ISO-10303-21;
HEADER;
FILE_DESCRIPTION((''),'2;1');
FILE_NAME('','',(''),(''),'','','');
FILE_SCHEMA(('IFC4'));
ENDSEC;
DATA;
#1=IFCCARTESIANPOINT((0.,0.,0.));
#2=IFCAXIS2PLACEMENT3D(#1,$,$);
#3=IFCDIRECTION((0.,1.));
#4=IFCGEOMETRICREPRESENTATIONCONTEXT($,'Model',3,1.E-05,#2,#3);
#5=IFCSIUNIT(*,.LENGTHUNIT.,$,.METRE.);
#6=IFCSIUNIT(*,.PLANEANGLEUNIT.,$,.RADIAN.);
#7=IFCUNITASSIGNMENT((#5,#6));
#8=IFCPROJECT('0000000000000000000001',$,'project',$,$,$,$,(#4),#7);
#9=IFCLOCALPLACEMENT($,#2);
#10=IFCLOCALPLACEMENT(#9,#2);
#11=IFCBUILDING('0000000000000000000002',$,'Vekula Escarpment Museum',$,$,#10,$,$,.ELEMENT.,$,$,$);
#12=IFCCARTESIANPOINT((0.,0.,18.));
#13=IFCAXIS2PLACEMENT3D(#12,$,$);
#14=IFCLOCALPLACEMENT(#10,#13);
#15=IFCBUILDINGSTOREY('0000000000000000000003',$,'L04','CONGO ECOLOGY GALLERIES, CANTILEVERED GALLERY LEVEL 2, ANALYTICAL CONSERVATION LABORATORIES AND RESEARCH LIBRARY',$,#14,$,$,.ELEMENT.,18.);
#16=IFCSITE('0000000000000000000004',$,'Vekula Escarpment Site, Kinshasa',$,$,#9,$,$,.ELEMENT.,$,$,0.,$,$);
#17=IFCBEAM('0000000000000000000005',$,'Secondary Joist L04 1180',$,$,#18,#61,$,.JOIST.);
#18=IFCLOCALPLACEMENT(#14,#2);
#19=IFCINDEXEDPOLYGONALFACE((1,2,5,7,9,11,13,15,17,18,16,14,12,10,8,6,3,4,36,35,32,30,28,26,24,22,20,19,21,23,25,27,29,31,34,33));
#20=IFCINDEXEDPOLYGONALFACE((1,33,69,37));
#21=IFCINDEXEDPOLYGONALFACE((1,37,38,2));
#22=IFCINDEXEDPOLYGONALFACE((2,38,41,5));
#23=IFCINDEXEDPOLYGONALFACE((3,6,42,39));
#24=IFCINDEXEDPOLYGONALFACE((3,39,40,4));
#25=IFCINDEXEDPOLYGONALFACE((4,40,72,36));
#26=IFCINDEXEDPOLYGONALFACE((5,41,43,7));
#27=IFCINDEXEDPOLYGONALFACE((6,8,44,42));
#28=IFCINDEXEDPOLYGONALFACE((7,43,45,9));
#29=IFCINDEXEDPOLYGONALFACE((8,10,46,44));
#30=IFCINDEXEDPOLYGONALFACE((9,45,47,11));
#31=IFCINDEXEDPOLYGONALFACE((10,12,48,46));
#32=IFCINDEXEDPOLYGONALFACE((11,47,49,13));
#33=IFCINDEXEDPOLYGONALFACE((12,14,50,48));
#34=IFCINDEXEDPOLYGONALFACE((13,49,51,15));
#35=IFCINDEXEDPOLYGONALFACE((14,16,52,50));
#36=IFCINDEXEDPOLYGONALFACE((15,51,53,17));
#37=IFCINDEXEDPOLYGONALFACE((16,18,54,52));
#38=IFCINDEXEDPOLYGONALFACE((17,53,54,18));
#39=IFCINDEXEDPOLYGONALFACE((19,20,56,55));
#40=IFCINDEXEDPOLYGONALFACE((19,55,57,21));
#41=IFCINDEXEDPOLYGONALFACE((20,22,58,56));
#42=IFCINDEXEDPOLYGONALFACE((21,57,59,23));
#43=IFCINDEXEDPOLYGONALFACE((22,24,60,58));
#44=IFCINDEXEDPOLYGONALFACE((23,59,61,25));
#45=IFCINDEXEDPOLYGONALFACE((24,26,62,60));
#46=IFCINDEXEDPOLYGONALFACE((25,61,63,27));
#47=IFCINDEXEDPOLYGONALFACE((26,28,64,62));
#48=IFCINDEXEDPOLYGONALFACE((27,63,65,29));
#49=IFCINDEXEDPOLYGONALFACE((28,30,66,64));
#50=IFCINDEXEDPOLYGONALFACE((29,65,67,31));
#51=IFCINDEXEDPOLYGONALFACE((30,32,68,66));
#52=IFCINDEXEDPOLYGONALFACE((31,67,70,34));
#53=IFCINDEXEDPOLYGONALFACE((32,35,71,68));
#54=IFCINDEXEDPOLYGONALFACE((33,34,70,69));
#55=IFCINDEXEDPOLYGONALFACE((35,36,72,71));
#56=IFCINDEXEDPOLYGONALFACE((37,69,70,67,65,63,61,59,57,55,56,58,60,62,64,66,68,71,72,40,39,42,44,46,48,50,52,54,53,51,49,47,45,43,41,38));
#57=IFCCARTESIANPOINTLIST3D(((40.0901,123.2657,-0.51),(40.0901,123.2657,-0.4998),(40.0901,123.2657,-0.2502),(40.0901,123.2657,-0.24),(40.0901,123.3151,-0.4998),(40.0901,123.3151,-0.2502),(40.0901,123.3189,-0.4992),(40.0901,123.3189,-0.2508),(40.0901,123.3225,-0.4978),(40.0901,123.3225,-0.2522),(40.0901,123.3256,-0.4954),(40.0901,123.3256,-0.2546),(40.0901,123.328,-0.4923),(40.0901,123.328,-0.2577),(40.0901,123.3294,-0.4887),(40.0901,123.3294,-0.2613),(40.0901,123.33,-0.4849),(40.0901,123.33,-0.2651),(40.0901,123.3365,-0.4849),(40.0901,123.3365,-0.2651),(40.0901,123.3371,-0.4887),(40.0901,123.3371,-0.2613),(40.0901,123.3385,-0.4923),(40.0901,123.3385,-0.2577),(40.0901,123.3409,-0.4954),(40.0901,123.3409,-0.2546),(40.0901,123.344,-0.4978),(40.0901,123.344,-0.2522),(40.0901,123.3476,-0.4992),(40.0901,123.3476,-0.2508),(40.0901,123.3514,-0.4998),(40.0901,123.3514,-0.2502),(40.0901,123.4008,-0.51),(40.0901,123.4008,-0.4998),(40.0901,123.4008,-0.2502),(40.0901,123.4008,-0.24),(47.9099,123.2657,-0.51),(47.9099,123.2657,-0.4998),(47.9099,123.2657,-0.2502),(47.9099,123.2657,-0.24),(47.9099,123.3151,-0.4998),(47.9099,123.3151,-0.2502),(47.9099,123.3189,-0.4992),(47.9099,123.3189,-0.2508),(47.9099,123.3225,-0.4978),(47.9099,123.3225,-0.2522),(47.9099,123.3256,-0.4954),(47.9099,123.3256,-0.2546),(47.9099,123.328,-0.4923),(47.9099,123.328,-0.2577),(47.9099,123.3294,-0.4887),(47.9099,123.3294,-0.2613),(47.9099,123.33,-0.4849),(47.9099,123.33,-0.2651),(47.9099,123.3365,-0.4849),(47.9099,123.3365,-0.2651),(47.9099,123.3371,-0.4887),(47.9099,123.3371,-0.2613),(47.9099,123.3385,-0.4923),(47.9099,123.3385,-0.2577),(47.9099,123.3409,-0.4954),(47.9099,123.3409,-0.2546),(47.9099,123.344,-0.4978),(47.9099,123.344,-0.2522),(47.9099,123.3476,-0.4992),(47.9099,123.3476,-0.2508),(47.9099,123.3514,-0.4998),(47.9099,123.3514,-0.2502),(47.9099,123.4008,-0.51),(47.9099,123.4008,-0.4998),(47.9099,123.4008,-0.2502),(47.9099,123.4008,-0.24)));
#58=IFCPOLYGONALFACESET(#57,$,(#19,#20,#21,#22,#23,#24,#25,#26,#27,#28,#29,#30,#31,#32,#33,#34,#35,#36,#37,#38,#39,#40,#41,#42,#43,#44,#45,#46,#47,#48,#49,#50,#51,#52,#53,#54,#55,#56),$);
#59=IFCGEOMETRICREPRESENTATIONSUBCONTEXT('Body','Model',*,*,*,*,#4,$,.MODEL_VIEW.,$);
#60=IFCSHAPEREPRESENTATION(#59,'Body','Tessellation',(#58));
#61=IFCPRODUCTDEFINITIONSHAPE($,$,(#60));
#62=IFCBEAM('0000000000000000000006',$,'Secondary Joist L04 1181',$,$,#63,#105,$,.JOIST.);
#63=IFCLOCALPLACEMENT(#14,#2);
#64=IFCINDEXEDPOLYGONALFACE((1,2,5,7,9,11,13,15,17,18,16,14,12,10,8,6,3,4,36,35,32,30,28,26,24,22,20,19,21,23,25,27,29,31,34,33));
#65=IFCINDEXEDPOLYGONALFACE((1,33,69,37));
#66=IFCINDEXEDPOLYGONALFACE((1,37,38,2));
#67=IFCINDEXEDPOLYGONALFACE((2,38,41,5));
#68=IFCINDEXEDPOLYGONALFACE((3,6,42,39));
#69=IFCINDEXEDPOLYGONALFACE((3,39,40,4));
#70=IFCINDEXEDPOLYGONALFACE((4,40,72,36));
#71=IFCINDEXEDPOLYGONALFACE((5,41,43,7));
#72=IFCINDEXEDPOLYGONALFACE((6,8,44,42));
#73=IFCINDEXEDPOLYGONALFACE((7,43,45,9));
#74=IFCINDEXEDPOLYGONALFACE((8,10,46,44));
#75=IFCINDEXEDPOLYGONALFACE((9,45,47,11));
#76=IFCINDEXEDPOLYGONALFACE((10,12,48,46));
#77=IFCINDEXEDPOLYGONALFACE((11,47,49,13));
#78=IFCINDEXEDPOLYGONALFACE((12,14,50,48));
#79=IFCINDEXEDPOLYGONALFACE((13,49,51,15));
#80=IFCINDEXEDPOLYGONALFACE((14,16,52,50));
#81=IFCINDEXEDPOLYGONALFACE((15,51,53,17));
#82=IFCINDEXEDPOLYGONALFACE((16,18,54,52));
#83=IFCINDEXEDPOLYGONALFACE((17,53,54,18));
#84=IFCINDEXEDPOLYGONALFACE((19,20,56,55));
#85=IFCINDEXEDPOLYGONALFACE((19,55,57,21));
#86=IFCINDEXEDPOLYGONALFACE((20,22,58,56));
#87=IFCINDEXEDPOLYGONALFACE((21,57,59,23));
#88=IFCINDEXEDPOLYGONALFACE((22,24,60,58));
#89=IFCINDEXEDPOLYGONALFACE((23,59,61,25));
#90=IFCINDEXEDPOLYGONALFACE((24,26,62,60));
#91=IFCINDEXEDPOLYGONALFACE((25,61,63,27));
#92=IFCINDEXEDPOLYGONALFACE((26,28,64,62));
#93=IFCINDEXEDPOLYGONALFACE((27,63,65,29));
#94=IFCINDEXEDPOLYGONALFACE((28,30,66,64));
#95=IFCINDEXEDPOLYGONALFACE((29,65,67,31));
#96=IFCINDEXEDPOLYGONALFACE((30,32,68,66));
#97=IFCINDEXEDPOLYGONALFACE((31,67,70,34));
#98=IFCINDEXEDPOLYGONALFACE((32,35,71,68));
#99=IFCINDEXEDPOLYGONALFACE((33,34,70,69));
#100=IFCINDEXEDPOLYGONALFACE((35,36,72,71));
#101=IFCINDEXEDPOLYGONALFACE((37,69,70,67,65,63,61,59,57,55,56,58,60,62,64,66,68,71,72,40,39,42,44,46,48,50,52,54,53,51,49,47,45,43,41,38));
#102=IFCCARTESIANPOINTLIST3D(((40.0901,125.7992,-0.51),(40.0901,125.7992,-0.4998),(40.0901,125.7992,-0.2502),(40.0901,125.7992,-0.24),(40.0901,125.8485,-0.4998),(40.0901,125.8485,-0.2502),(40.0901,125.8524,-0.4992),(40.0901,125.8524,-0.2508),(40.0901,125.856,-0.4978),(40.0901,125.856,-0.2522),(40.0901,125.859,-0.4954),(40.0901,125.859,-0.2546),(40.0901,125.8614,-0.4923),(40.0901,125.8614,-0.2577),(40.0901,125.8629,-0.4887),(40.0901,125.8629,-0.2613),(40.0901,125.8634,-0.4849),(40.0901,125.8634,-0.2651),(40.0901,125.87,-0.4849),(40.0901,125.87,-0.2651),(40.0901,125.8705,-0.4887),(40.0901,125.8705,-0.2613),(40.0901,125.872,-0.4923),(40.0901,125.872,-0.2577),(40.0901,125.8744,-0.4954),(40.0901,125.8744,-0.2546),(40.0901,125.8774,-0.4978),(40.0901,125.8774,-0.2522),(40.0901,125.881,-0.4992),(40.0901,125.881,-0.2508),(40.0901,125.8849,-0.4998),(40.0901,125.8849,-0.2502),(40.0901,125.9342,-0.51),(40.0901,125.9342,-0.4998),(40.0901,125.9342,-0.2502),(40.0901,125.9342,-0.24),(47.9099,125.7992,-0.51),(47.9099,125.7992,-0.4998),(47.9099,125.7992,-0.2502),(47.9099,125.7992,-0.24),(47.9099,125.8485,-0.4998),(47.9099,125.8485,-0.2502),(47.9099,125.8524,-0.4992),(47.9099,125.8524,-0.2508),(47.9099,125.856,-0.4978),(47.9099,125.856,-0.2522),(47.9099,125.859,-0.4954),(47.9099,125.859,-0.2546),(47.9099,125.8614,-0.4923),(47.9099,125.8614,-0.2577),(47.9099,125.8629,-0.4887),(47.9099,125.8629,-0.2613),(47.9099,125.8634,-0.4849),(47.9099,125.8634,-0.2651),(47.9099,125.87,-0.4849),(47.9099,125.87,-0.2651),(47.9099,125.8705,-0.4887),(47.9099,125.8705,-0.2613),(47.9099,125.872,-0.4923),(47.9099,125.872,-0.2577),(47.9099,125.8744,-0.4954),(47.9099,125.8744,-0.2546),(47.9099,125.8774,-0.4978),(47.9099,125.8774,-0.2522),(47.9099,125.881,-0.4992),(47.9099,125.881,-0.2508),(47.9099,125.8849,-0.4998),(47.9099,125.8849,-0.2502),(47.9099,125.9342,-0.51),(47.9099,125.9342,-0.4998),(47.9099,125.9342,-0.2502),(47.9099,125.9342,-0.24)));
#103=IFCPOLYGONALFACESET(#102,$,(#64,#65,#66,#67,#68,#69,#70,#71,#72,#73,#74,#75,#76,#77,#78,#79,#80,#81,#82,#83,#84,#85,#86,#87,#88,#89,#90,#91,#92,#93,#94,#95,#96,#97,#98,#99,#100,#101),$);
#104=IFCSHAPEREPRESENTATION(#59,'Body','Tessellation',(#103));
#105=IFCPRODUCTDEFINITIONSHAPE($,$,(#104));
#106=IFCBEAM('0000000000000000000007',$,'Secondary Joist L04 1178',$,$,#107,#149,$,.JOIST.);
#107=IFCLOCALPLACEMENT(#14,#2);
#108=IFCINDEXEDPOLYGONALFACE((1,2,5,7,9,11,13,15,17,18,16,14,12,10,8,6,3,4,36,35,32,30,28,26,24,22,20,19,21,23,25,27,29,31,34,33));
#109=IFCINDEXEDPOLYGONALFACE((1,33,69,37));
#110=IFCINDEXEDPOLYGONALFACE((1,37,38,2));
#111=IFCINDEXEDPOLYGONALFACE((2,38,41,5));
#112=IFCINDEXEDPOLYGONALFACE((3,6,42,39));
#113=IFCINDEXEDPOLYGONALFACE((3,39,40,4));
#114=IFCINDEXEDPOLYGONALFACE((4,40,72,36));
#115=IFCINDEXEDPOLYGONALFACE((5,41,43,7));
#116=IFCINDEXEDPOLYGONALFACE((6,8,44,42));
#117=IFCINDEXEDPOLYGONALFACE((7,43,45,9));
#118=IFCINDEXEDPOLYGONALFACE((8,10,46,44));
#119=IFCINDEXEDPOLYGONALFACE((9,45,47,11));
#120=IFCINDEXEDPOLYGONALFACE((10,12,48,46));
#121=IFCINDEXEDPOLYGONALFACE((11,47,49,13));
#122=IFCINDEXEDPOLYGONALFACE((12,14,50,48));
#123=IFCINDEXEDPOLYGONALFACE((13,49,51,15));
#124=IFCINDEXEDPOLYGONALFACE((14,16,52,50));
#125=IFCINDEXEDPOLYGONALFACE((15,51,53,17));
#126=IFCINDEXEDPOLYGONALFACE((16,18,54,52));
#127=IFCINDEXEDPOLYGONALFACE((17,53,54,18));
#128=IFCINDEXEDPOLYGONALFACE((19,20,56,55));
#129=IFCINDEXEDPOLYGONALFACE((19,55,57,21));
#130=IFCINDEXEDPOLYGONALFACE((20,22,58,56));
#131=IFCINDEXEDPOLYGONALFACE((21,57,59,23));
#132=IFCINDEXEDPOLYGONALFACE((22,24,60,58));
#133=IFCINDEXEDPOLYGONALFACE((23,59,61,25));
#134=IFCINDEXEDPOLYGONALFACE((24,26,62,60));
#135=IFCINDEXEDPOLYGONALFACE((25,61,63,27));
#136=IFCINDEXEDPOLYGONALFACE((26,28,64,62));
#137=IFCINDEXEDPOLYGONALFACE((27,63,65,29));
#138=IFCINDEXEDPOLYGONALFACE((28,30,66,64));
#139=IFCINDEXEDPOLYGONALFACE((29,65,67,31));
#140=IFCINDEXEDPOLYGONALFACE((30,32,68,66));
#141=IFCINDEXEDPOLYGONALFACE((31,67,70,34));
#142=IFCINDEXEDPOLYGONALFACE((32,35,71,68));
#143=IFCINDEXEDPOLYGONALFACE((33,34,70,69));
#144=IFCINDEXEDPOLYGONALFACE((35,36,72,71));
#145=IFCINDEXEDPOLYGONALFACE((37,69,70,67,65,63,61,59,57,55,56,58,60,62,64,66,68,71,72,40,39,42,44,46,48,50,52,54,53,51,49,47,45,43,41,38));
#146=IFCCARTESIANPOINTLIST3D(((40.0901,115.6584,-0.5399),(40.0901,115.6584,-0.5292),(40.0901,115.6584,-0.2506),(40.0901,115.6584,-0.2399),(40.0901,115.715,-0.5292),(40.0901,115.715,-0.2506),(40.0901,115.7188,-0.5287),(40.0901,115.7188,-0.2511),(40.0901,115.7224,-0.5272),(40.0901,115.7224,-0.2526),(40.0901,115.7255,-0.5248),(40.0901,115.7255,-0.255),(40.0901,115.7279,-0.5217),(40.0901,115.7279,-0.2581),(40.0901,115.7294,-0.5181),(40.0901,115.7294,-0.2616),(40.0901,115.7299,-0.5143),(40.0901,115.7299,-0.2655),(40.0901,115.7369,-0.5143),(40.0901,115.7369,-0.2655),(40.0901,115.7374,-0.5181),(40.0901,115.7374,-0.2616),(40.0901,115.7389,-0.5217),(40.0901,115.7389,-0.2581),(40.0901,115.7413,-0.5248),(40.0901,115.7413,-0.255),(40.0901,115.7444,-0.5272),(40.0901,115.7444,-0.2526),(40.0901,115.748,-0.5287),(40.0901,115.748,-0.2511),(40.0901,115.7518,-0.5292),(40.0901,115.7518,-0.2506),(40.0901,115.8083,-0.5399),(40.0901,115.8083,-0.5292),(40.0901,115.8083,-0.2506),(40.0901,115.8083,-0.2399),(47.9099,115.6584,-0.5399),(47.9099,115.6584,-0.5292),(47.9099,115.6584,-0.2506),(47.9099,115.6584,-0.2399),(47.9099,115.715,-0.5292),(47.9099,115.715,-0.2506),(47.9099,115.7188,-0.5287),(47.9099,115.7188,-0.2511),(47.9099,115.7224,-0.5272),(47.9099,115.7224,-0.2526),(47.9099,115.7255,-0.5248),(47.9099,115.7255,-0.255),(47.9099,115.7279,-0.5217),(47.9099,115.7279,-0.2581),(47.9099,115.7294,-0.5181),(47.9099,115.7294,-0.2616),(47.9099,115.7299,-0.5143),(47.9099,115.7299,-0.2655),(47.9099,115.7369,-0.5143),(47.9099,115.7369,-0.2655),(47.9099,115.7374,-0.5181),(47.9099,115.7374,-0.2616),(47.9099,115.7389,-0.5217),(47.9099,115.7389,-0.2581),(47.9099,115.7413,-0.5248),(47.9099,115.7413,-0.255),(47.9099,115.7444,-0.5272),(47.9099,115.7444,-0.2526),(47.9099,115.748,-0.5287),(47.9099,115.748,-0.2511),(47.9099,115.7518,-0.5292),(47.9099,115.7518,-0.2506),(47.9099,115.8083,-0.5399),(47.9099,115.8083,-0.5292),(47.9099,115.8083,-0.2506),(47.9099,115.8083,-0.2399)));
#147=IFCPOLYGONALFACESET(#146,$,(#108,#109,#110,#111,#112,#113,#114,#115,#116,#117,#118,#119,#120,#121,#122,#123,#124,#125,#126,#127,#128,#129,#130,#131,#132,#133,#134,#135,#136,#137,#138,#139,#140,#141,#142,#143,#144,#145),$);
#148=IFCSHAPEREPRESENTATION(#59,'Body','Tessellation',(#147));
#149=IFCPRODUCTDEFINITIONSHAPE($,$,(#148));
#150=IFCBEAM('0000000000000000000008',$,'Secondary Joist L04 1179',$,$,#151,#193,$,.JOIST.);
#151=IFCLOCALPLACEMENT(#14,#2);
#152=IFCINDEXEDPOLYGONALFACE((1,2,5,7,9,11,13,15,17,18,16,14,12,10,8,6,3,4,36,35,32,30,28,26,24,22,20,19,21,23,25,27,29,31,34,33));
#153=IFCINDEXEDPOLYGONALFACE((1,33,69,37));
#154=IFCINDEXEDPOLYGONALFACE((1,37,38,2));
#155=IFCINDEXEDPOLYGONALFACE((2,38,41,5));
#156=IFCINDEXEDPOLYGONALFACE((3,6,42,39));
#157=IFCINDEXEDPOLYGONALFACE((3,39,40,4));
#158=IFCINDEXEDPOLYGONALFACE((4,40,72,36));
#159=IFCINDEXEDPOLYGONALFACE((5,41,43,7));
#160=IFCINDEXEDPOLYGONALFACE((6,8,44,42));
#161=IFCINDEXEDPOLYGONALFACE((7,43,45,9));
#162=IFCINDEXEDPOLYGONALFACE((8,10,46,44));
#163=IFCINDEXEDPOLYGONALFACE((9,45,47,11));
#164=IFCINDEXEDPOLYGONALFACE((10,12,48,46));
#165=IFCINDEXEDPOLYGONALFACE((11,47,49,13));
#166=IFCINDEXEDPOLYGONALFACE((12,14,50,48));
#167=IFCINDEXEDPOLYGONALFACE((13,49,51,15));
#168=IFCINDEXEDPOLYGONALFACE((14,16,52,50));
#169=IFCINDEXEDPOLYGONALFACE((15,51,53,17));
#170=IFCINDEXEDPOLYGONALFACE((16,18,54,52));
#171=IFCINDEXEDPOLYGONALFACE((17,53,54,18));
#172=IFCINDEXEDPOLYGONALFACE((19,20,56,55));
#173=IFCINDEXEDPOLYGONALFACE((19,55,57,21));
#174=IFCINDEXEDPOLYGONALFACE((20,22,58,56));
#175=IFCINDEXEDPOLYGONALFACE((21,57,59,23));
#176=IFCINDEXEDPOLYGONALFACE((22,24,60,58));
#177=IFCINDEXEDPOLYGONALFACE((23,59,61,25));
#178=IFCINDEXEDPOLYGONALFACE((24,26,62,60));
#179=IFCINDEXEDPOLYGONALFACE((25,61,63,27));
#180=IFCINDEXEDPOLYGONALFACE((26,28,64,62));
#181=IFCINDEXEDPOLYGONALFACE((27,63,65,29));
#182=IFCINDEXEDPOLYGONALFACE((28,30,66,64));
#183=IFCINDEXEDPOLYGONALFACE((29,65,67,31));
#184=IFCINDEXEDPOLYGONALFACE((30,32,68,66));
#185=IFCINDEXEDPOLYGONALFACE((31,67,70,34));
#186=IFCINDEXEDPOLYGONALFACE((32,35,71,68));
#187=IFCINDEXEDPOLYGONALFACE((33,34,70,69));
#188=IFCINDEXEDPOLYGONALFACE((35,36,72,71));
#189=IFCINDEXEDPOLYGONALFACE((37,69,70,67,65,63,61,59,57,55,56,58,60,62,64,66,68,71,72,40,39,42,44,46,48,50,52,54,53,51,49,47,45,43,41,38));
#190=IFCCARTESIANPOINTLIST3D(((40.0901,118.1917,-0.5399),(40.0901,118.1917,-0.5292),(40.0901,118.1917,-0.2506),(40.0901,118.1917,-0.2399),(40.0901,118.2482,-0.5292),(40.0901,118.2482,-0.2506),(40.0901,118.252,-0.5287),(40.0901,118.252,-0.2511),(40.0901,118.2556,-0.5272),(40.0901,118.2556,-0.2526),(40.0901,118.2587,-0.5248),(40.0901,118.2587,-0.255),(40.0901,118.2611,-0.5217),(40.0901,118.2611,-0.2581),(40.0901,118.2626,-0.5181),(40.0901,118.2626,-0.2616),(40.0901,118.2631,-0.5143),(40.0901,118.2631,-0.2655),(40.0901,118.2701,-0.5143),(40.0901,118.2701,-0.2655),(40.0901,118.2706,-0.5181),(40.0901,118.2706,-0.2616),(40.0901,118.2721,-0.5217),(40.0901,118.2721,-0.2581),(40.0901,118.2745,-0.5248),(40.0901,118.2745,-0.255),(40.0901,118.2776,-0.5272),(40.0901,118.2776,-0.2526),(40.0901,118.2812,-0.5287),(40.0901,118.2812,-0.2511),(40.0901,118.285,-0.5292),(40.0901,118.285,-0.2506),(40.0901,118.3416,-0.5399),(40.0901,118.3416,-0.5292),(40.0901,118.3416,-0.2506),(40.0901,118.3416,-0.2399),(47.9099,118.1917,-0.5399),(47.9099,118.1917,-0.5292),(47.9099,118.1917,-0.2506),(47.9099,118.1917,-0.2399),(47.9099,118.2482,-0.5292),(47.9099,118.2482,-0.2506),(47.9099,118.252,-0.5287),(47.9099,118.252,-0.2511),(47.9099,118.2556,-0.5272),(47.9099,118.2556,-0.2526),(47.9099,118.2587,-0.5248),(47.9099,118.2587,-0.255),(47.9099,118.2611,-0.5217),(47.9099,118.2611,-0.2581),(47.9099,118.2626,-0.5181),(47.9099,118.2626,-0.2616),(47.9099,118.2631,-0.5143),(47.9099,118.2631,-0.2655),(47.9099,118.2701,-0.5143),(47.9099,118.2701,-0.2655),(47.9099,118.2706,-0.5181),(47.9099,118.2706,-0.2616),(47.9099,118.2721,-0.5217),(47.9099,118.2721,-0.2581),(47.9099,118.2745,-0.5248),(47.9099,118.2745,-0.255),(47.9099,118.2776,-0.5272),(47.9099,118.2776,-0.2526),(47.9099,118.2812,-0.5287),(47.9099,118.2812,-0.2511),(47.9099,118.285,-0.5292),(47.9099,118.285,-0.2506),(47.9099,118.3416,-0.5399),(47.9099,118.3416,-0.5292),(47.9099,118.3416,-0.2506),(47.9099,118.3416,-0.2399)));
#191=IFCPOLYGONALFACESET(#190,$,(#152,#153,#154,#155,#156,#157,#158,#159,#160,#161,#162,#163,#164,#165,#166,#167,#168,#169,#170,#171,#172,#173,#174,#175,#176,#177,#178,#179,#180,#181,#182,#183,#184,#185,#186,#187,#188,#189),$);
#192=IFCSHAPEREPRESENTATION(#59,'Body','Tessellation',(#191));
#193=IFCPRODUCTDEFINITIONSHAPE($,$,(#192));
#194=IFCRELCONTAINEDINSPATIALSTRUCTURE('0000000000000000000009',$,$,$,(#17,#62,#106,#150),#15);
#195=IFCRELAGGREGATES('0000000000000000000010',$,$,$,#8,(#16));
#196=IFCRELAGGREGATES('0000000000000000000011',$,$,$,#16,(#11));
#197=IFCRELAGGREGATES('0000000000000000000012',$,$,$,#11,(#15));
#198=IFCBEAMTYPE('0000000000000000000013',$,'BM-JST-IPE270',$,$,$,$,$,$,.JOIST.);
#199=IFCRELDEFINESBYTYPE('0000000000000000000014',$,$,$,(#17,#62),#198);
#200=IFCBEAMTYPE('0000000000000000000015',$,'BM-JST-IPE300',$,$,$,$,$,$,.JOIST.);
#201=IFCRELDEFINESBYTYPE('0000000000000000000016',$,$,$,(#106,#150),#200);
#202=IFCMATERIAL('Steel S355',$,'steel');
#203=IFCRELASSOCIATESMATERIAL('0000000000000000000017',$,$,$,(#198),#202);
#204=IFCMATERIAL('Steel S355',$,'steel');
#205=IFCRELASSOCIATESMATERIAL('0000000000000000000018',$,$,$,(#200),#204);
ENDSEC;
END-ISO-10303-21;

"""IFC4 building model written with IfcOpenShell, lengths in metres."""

from ifc_helpers import new_model, si_unit, direction, frame, origin, origin_2d, place, context, subcontext, project, spatial, i_section, extrude, material, material_profile, profile_set, type_object, element, save


model = new_model("IFC4")

# Units and contexts
model_context = context("Model", 3, precision=1e-05, world=origin(), true_north=direction((0.0, 1.0)))
body_context = subcontext(model_context, "Body", "Model", "MODEL_VIEW")
ifc_project = project(units=[si_unit("LENGTHUNIT", "METRE"), si_unit("PLANEANGLEUNIT", "RADIAN")], contexts=[model_context])

# Site, building, storey
site_placement = place(None, origin())
site = spatial("IfcSite", under=ifc_project, at=site_placement, Name="Vekula Escarpment Site, Kinshasa", CompositionType="ELEMENT", RefElevation=0.0)
building_placement = place(site_placement, origin())
building = spatial("IfcBuilding", under=site, at=building_placement, Name="Vekula Escarpment Museum", CompositionType="ELEMENT")
storey_placement = place(building_placement, frame((0.0, 0.0, 18.0)))
storey = spatial("IfcBuildingStorey", under=building, at=storey_placement, Name="L04", Description="CONGO ECOLOGY GALLERIES, CANTILEVERED GALLERY LEVEL 2, ANALYTICAL CONSERVATION LABORATORIES AND RESEARCH LIBRARY", CompositionType="ELEMENT", Elevation=18.0)

# Beams
ifc_material_1 = material(Name="Steel S355", Category="steel")
ifc_material_profile_1 = material_profile(ifc_material_1, i_section(OverallWidth=0.135, OverallDepth=0.27, WebThickness=0.0066, FlangeThickness=0.0103, FilletRadius=0.0149, at=origin_2d()), Name="IPE 270")
ifc_profile_set_1 = profile_set([ifc_material_profile_1], Name="Steel S355")
beam_type_1 = type_object("IfcBeamType", Name="BM-JST-IPE270", PredefinedType="JOIST", material=ifc_profile_set_1)
for number, where, z_axis, x_axis, name in (
    (1, (40.0901, 123.3333, -0.375), (1.0, 0.0, 0.0), (0.0, 1.0, 0.0), "Secondary Joist L04 1180"),
    (2, (40.0901, 125.8667, -0.375), (1.0, 0.0, 0.0), (0.0, 1.0, 0.0), "Secondary Joist L04 1181"),
):
    element("IfcBeam", number, at=place(storey_placement, frame(where, z_axis=z_axis, x_axis=x_axis)), inside=storey, type_object=beam_type_1, Name=name, PredefinedType="JOIST", context=body_context, shape_type="SweptSolid", body=[
        extrude(i_section(OverallWidth=0.135, OverallDepth=0.27, WebThickness=0.0066, FlangeThickness=0.0103, FilletRadius=0.0149, at=origin_2d()), origin(), (0.0, 0.0, 1.0), 7.8198),
    ])
ifc_material_2 = material(Name="Steel S355", Category="steel")
ifc_material_profile_2 = material_profile(ifc_material_2, i_section(OverallWidth=0.1499, OverallDepth=0.3, WebThickness=0.0071, FlangeThickness=0.0107, FilletRadius=0.0149, at=origin_2d()), Name="IPE 300")
ifc_profile_set_2 = profile_set([ifc_material_profile_2], Name="Steel S355")
beam_type_2 = type_object("IfcBeamType", Name="BM-JST-IPE300", PredefinedType="JOIST", material=ifc_profile_set_2)
for number, where, z_axis, x_axis, name in (
    (3, (40.0901, 115.7334, -0.3899), (1.0, 0.0, 0.0), (0.0, 1.0, 0.0), "Secondary Joist L04 1178"),
    (4, (40.0901, 118.2666, -0.3899), (1.0, 0.0, 0.0), (0.0, 1.0, 0.0), "Secondary Joist L04 1179"),
):
    element("IfcBeam", number, at=place(storey_placement, frame(where, z_axis=z_axis, x_axis=x_axis)), inside=storey, type_object=beam_type_2, Name=name, PredefinedType="JOIST", context=body_context, shape_type="SweptSolid", body=[
        extrude(i_section(OverallWidth=0.1499, OverallDepth=0.3, WebThickness=0.0071, FlangeThickness=0.0107, FilletRadius=0.0149, at=origin_2d()), origin(), (0.0, 0.0, 1.0), 7.8198),
    ])

save(model, "model.ifc")
